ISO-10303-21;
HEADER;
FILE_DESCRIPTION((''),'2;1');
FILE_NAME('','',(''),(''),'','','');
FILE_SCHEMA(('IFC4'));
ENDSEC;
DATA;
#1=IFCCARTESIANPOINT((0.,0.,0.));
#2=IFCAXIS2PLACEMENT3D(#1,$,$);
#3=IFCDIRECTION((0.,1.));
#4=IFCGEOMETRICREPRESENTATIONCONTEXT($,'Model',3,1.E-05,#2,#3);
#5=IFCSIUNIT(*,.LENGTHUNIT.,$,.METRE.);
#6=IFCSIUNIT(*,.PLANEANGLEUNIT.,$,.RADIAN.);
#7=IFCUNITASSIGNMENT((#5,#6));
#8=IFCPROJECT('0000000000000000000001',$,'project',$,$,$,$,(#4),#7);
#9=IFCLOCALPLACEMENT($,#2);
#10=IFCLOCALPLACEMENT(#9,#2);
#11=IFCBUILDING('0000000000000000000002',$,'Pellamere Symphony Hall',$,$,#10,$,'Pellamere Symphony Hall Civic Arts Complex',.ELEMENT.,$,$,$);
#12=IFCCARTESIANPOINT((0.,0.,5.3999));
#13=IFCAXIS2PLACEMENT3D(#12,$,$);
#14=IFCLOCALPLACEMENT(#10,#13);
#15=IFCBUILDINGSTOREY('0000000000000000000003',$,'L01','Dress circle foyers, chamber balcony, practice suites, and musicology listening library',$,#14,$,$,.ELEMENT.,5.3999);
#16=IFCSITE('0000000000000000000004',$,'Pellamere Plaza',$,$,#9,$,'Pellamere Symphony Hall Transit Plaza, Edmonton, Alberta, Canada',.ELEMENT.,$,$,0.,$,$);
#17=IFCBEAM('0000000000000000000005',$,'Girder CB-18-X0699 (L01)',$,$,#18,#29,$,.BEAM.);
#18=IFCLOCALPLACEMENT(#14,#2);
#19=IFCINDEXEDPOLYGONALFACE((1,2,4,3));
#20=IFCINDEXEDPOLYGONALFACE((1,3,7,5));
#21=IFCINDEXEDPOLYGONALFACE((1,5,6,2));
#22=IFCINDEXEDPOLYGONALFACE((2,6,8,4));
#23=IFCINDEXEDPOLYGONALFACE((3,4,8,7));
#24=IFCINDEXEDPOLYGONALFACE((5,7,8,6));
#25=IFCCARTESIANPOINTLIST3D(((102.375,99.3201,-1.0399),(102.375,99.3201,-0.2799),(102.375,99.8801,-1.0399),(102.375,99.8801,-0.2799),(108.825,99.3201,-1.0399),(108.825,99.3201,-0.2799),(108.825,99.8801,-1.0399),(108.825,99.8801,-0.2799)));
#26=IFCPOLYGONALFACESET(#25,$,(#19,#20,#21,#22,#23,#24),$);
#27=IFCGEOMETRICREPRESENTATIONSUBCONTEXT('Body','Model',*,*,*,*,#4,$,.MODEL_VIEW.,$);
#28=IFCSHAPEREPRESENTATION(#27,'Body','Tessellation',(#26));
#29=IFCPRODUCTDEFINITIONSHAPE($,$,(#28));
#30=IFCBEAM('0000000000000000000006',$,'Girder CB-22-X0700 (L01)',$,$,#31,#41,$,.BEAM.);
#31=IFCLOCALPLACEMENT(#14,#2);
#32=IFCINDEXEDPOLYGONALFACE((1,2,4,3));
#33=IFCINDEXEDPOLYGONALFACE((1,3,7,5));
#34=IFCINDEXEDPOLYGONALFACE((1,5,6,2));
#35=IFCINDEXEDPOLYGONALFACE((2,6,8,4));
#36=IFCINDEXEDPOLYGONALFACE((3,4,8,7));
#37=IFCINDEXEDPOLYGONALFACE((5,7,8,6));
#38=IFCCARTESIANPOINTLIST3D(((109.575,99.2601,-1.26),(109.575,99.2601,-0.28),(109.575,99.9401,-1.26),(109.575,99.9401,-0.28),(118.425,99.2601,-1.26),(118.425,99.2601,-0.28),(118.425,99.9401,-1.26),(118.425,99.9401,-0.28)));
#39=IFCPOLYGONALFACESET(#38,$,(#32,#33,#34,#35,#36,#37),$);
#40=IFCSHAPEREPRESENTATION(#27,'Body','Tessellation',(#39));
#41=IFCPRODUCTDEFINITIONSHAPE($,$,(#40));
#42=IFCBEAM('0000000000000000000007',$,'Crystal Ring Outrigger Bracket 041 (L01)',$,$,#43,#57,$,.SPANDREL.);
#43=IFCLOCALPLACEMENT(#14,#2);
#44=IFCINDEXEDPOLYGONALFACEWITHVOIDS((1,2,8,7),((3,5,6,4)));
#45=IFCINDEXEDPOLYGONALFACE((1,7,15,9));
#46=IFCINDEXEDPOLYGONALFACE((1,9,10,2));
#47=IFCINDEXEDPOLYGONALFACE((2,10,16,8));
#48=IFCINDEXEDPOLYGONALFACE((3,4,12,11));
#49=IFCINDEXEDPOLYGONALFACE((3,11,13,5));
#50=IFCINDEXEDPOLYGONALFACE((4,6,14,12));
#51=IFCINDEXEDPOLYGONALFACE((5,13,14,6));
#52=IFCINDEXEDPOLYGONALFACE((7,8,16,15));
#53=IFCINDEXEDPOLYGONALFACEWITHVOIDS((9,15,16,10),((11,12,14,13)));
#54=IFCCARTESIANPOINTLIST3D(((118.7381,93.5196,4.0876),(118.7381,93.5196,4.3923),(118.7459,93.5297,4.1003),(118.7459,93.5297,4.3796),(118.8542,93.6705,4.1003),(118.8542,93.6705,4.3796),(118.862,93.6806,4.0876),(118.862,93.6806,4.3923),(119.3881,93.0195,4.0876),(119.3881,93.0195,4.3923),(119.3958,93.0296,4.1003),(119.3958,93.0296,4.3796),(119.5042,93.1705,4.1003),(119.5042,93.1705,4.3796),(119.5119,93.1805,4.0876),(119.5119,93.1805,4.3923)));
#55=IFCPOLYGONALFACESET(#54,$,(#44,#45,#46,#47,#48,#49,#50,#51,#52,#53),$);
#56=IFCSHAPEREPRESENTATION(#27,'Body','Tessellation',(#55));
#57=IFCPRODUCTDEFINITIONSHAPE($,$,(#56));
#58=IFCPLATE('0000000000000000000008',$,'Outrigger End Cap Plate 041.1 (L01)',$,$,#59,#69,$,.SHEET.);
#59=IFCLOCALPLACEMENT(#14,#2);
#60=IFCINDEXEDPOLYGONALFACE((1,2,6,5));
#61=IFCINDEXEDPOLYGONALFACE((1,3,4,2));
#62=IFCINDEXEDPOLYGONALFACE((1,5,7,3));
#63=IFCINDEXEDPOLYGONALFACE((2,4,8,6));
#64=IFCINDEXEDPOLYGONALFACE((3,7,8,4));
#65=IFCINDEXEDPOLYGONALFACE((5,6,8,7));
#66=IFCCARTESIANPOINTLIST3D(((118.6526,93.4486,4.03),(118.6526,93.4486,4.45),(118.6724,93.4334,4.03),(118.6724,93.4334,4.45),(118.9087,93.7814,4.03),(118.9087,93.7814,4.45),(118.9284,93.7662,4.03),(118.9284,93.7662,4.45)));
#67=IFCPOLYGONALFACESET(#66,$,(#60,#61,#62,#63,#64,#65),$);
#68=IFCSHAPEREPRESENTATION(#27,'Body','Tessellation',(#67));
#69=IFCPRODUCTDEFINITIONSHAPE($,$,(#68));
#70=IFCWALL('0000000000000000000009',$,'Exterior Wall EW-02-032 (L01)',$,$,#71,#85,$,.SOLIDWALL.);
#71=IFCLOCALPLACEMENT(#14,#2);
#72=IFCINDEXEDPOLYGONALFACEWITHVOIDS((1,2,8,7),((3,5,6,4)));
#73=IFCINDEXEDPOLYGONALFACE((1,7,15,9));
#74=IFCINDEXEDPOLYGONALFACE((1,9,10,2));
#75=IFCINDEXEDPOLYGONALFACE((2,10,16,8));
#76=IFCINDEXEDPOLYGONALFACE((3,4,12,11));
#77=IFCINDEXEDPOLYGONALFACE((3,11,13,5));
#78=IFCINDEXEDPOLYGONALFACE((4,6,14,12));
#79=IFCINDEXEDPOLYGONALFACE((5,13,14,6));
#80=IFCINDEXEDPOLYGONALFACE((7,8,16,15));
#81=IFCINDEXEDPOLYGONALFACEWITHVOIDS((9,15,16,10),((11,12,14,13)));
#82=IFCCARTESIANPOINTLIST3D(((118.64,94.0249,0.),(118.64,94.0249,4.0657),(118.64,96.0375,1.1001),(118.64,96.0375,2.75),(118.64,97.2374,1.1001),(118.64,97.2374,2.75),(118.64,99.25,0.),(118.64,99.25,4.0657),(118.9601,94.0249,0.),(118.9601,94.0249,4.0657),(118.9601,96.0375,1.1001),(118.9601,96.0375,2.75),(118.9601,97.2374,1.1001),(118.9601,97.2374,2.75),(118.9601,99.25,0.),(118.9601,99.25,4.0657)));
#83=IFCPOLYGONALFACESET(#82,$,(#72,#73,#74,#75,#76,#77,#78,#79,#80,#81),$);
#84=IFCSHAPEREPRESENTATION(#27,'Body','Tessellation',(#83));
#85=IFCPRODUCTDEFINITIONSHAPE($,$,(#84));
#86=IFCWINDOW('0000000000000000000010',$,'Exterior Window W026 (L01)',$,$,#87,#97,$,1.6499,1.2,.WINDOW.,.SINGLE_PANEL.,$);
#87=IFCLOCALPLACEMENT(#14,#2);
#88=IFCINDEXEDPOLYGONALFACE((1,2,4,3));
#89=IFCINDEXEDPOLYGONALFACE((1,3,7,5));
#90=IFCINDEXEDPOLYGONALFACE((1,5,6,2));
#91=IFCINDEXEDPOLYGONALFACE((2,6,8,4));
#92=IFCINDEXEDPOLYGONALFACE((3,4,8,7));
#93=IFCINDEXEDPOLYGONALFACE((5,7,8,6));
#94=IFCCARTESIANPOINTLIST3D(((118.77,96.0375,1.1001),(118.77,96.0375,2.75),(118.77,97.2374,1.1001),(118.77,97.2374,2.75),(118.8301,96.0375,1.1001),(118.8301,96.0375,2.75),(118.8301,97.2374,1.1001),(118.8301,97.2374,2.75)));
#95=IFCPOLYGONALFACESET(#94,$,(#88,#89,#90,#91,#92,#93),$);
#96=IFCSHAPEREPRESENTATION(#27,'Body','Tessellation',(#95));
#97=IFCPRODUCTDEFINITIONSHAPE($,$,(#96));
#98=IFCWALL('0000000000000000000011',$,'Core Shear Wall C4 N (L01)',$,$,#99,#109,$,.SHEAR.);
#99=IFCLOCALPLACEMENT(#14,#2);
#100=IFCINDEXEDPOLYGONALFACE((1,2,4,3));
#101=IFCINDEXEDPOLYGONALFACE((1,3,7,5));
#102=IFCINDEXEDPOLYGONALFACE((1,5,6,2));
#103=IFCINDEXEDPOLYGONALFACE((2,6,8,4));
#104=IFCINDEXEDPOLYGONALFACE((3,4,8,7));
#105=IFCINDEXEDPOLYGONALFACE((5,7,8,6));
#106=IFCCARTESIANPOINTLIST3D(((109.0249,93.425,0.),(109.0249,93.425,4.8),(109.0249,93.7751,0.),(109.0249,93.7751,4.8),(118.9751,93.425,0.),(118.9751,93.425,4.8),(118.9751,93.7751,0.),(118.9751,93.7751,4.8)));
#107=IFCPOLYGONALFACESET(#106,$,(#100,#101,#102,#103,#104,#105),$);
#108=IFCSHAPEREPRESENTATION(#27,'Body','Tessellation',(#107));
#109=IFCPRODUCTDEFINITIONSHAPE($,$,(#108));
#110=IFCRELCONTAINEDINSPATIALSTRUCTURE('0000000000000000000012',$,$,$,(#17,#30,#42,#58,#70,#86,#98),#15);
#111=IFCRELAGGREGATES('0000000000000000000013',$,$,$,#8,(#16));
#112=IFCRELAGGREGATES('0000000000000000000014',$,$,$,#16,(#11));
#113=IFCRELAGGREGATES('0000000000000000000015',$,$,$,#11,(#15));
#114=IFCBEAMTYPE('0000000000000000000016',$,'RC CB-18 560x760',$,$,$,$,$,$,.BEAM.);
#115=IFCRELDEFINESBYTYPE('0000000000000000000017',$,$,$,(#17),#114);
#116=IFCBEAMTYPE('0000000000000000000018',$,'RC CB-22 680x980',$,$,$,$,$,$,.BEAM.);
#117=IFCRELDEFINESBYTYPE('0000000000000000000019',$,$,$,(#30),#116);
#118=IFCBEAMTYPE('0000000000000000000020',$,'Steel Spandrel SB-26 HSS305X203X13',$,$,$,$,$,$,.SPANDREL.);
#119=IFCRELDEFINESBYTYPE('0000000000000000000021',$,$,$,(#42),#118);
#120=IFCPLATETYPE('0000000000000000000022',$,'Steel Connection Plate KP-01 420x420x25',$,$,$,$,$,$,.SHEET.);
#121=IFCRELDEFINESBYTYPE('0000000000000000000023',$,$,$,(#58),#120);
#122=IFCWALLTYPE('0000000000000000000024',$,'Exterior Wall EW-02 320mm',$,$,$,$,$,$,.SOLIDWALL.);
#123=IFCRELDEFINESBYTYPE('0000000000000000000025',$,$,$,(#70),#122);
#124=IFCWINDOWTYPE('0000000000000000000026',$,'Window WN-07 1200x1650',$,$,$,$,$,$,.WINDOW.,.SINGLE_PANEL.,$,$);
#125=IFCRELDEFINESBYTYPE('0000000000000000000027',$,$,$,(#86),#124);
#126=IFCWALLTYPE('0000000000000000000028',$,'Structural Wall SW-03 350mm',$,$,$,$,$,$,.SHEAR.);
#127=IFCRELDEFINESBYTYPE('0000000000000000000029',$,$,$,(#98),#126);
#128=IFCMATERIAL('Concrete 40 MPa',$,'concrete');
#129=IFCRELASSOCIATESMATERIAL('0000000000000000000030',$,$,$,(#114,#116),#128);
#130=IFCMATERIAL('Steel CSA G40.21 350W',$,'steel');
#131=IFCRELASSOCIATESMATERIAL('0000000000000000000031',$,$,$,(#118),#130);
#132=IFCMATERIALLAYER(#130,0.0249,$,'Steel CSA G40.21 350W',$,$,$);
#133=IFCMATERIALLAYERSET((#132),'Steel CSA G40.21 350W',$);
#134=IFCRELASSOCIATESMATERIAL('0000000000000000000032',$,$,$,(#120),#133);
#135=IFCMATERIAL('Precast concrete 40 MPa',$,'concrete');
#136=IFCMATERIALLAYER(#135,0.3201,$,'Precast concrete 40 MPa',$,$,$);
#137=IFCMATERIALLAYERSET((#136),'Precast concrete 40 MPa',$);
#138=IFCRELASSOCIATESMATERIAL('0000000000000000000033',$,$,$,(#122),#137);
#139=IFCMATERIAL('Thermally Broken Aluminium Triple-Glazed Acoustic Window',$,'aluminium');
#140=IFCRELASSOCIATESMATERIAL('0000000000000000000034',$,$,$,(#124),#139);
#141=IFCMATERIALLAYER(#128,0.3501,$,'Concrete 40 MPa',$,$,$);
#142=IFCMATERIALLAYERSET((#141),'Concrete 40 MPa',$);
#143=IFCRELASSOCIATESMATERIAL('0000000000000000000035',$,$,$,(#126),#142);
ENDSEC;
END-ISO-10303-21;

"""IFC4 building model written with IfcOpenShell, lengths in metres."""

from ifc_helpers import new_model, si_unit, direction, frame, frame_2d, origin, origin_2d, place, context, subcontext, project, spatial, rectangle, hollow_rectangle, extrude, material, layer, layer_set, material_profile, profile_set, type_object, element, fill, save


model = new_model("IFC4")

# Units and contexts
model_context = context("Model", 3, precision=1e-05, world=origin(), true_north=direction((0.0, 1.0)))
body_context = subcontext(model_context, "Body", "Model", "MODEL_VIEW")
ifc_project = project(units=[si_unit("LENGTHUNIT", "METRE"), si_unit("PLANEANGLEUNIT", "RADIAN")], contexts=[model_context])

# Site, building, storey
site_placement = place(None, origin())
site = spatial("IfcSite", under=ifc_project, at=site_placement, Name="Pellamere Plaza", LongName="Pellamere Symphony Hall Transit Plaza, Edmonton, Alberta, Canada", CompositionType="ELEMENT", RefElevation=0.0)
building_placement = place(site_placement, origin())
building = spatial("IfcBuilding", under=site, at=building_placement, Name="Pellamere Symphony Hall", LongName="Pellamere Symphony Hall Civic Arts Complex", CompositionType="ELEMENT")
storey_placement = place(building_placement, frame((0.0, 0.0, 5.3999)))
storey = spatial("IfcBuildingStorey", under=building, at=storey_placement, Name="L01", Description="Dress circle foyers, chamber balcony, practice suites, and musicology listening library", CompositionType="ELEMENT", Elevation=5.3999)

# Shared definitions
ifc_material_1 = material(Name="Concrete 40 MPa", Category="concrete")

# Beams
ifc_material_profile_1 = material_profile(ifc_material_1, rectangle(XDim=0.5601, YDim=0.76, at=origin_2d()), Name="RC 560x760")
ifc_profile_set_1 = profile_set([ifc_material_profile_1], Name="Concrete 40 MPa")
beam_type_1 = type_object("IfcBeamType", Name="RC CB-18 560x760", PredefinedType="BEAM", material=ifc_profile_set_1)
beam_1_placement = place(storey_placement, frame((102.375, 99.6001, -0.6599), z_axis=(1.0, 0.0, 0.0), x_axis=(0.0, 1.0, 0.0)))
element("IfcBeam", 1, at=beam_1_placement, inside=storey, type_object=beam_type_1, Name="Girder CB-18-X0699 (L01)", PredefinedType="BEAM", context=body_context, shape_type="SweptSolid", body=[
    extrude(rectangle(XDim=0.5601, YDim=0.76, at=origin_2d()), origin(), (0.0, 0.0, 1.0), 6.45),
])
ifc_material_profile_2 = material_profile(ifc_material_1, rectangle(XDim=0.6799, YDim=0.98, at=origin_2d()), Name="RC 680x980")
ifc_profile_set_2 = profile_set([ifc_material_profile_2], Name="Concrete 40 MPa")
beam_type_2 = type_object("IfcBeamType", Name="RC CB-22 680x980", PredefinedType="BEAM", material=ifc_profile_set_2)
beam_2_placement = place(storey_placement, frame((109.575, 99.6001, -0.77), z_axis=(1.0, 0.0, 0.0), x_axis=(0.0, 1.0, 0.0)))
element("IfcBeam", 2, at=beam_2_placement, inside=storey, type_object=beam_type_2, Name="Girder CB-22-X0700 (L01)", PredefinedType="BEAM", context=body_context, shape_type="SweptSolid", body=[
    extrude(rectangle(XDim=0.6799, YDim=0.98, at=origin_2d()), origin(), (0.0, 0.0, 1.0), 8.8501),
])
ifc_material_2 = material(Name="Steel CSA G40.21 350W", Category="steel")
ifc_material_profile_3 = material_profile(ifc_material_2, hollow_rectangle(XDim=0.2031, YDim=0.3047, WallThickness=0.0127, at=origin_2d()), Name="HSS305X203X13")
ifc_profile_set_3 = profile_set([ifc_material_profile_3], Name="Steel CSA G40.21 350W")
beam_type_3 = type_object("IfcBeamType", Name="Steel Spandrel SB-26 HSS305X203X13", PredefinedType="SPANDREL", material=ifc_profile_set_3)
beam_3_placement = place(storey_placement, frame((118.8, 93.6001, 4.24), z_axis=(0.79258, -0.609768, 0.0), x_axis=(0.609768, 0.79258, 0.0)))
element("IfcBeam", 3, at=beam_3_placement, inside=storey, type_object=beam_type_3, Name="Crystal Ring Outrigger Bracket 041 (L01)", PredefinedType="SPANDREL", context=body_context, shape_type="SweptSolid", body=[
    extrude(hollow_rectangle(XDim=0.2031, YDim=0.3047, WallThickness=0.0127, at=origin_2d()), origin(), (0.0, 0.0, 1.0), 0.8201),
])

# Plate
ifc_layer_1 = layer(ifc_material_2, 0.0249, Name="Steel CSA G40.21 350W")
ifc_layer_set_1 = layer_set([ifc_layer_1], Name="Steel CSA G40.21 350W")
plate_type = type_object("IfcPlateType", Name="Steel Connection Plate KP-01 420x420x25", PredefinedType="SHEET", material=ifc_layer_set_1)
plate_placement = place(storey_placement, frame((118.7905, 93.6074, 4.03), z_axis=(0.0, 0.0, 1.0), x_axis=(0.792609, -0.60973, 0.0)))
element("IfcPlate", 4, at=plate_placement, inside=storey, type_object=plate_type, Name="Outrigger End Cap Plate 041.1 (L01)", PredefinedType="SHEET", context=body_context, shape_type="SweptSolid", body=[
    extrude(rectangle(XDim=0.0249, YDim=0.4199, at=origin_2d()), origin(), (0.0, 0.0, 1.0), 0.4199),
])

# Wall, opening, window
ifc_material_3 = material(Name="Precast concrete 40 MPa", Category="concrete")
ifc_layer_2 = layer(ifc_material_3, 0.3201, Name="Precast concrete 40 MPa")
ifc_layer_set_2 = layer_set([ifc_layer_2], Name="Precast concrete 40 MPa")
wall_type_1 = type_object("IfcWallType", Name="Exterior Wall EW-02 320mm", PredefinedType="SOLIDWALL", material=ifc_layer_set_2)
wall_1_placement = place(storey_placement, frame((118.8, 94.0249, 0.0), z_axis=(0.0, 0.0, 1.0), x_axis=(0.0, 1.0, 0.0)))
wall_1 = element("IfcWall", 5, at=wall_1_placement, inside=storey, type_object=wall_type_1, Name="Exterior Wall EW-02-032 (L01)", PredefinedType="SOLIDWALL", context=body_context, shape_type="SweptSolid", body=[
    extrude(rectangle(XDim=5.2251, YDim=0.3201, at=frame_2d((2.6125, 0.0))), origin(), (0.0, 0.0, 1.0), 4.0657),
])
opening_placement = place(wall_1_placement, frame((2.0125, 0.0, 1.1001)))
opening = element("IfcOpeningElement", 6, at=opening_placement, cuts=wall_1, PredefinedType="OPENING", context=body_context, shape_type="SweptSolid", body=[
    extrude(rectangle(XDim=1.2, YDim=1.6499, at=frame_2d((0.6001, 0.825))), frame((0.0, 0.1699, 0.0), z_axis=(0.0, -1.0, 0.0), x_axis=(1.0, 0.0, 0.0)), (0.0, 0.0, 1.0), 0.3401),
])
ifc_material_4 = material(Name="Thermally Broken Aluminium Triple-Glazed Acoustic Window", Category="aluminium")
window_type = type_object("IfcWindowType", Name="Window WN-07 1200x1650", PartitioningType="SINGLE_PANEL", PredefinedType="WINDOW", material=ifc_material_4)
window_placement = place(opening_placement, origin())
window = element("IfcWindow", 7, at=window_placement, inside=storey, type_object=window_type, Name="Exterior Window W026 (L01)", OverallHeight=1.6499, OverallWidth=1.2, PartitioningType="SINGLE_PANEL", PredefinedType="WINDOW", context=body_context, shape_type="SweptSolid", body=[
    extrude(rectangle(XDim=1.2, YDim=1.6499, at=frame_2d((0.6001, 0.825))), frame((0.0, 0.03, 0.0), z_axis=(0.0, -1.0, 0.0), x_axis=(1.0, 0.0, 0.0)), (0.0, 0.0, 1.0), 0.0601),
])
fill(opening, window)

# Wall
ifc_layer_3 = layer(ifc_material_1, 0.3501, Name="Concrete 40 MPa")
ifc_layer_set_3 = layer_set([ifc_layer_3], Name="Concrete 40 MPa")
wall_type_2 = type_object("IfcWallType", Name="Structural Wall SW-03 350mm", PredefinedType="SHEAR", material=ifc_layer_set_3)
wall_2_placement = place(storey_placement, frame((109.0249, 93.6001, 0.0), z_axis=(0.0, 0.0, 1.0), x_axis=(1.0, 0.0, 0.0)))
element("IfcWall", 8, at=wall_2_placement, inside=storey, type_object=wall_type_2, Name="Core Shear Wall C4 N (L01)", PredefinedType="SHEAR", context=body_context, shape_type="SweptSolid", body=[
    extrude(rectangle(XDim=9.9502, YDim=0.3501, at=frame_2d((4.9751, 0.0))), origin(), (0.0, 0.0, 1.0), 4.8),
])

save(model, "model.ifc")
